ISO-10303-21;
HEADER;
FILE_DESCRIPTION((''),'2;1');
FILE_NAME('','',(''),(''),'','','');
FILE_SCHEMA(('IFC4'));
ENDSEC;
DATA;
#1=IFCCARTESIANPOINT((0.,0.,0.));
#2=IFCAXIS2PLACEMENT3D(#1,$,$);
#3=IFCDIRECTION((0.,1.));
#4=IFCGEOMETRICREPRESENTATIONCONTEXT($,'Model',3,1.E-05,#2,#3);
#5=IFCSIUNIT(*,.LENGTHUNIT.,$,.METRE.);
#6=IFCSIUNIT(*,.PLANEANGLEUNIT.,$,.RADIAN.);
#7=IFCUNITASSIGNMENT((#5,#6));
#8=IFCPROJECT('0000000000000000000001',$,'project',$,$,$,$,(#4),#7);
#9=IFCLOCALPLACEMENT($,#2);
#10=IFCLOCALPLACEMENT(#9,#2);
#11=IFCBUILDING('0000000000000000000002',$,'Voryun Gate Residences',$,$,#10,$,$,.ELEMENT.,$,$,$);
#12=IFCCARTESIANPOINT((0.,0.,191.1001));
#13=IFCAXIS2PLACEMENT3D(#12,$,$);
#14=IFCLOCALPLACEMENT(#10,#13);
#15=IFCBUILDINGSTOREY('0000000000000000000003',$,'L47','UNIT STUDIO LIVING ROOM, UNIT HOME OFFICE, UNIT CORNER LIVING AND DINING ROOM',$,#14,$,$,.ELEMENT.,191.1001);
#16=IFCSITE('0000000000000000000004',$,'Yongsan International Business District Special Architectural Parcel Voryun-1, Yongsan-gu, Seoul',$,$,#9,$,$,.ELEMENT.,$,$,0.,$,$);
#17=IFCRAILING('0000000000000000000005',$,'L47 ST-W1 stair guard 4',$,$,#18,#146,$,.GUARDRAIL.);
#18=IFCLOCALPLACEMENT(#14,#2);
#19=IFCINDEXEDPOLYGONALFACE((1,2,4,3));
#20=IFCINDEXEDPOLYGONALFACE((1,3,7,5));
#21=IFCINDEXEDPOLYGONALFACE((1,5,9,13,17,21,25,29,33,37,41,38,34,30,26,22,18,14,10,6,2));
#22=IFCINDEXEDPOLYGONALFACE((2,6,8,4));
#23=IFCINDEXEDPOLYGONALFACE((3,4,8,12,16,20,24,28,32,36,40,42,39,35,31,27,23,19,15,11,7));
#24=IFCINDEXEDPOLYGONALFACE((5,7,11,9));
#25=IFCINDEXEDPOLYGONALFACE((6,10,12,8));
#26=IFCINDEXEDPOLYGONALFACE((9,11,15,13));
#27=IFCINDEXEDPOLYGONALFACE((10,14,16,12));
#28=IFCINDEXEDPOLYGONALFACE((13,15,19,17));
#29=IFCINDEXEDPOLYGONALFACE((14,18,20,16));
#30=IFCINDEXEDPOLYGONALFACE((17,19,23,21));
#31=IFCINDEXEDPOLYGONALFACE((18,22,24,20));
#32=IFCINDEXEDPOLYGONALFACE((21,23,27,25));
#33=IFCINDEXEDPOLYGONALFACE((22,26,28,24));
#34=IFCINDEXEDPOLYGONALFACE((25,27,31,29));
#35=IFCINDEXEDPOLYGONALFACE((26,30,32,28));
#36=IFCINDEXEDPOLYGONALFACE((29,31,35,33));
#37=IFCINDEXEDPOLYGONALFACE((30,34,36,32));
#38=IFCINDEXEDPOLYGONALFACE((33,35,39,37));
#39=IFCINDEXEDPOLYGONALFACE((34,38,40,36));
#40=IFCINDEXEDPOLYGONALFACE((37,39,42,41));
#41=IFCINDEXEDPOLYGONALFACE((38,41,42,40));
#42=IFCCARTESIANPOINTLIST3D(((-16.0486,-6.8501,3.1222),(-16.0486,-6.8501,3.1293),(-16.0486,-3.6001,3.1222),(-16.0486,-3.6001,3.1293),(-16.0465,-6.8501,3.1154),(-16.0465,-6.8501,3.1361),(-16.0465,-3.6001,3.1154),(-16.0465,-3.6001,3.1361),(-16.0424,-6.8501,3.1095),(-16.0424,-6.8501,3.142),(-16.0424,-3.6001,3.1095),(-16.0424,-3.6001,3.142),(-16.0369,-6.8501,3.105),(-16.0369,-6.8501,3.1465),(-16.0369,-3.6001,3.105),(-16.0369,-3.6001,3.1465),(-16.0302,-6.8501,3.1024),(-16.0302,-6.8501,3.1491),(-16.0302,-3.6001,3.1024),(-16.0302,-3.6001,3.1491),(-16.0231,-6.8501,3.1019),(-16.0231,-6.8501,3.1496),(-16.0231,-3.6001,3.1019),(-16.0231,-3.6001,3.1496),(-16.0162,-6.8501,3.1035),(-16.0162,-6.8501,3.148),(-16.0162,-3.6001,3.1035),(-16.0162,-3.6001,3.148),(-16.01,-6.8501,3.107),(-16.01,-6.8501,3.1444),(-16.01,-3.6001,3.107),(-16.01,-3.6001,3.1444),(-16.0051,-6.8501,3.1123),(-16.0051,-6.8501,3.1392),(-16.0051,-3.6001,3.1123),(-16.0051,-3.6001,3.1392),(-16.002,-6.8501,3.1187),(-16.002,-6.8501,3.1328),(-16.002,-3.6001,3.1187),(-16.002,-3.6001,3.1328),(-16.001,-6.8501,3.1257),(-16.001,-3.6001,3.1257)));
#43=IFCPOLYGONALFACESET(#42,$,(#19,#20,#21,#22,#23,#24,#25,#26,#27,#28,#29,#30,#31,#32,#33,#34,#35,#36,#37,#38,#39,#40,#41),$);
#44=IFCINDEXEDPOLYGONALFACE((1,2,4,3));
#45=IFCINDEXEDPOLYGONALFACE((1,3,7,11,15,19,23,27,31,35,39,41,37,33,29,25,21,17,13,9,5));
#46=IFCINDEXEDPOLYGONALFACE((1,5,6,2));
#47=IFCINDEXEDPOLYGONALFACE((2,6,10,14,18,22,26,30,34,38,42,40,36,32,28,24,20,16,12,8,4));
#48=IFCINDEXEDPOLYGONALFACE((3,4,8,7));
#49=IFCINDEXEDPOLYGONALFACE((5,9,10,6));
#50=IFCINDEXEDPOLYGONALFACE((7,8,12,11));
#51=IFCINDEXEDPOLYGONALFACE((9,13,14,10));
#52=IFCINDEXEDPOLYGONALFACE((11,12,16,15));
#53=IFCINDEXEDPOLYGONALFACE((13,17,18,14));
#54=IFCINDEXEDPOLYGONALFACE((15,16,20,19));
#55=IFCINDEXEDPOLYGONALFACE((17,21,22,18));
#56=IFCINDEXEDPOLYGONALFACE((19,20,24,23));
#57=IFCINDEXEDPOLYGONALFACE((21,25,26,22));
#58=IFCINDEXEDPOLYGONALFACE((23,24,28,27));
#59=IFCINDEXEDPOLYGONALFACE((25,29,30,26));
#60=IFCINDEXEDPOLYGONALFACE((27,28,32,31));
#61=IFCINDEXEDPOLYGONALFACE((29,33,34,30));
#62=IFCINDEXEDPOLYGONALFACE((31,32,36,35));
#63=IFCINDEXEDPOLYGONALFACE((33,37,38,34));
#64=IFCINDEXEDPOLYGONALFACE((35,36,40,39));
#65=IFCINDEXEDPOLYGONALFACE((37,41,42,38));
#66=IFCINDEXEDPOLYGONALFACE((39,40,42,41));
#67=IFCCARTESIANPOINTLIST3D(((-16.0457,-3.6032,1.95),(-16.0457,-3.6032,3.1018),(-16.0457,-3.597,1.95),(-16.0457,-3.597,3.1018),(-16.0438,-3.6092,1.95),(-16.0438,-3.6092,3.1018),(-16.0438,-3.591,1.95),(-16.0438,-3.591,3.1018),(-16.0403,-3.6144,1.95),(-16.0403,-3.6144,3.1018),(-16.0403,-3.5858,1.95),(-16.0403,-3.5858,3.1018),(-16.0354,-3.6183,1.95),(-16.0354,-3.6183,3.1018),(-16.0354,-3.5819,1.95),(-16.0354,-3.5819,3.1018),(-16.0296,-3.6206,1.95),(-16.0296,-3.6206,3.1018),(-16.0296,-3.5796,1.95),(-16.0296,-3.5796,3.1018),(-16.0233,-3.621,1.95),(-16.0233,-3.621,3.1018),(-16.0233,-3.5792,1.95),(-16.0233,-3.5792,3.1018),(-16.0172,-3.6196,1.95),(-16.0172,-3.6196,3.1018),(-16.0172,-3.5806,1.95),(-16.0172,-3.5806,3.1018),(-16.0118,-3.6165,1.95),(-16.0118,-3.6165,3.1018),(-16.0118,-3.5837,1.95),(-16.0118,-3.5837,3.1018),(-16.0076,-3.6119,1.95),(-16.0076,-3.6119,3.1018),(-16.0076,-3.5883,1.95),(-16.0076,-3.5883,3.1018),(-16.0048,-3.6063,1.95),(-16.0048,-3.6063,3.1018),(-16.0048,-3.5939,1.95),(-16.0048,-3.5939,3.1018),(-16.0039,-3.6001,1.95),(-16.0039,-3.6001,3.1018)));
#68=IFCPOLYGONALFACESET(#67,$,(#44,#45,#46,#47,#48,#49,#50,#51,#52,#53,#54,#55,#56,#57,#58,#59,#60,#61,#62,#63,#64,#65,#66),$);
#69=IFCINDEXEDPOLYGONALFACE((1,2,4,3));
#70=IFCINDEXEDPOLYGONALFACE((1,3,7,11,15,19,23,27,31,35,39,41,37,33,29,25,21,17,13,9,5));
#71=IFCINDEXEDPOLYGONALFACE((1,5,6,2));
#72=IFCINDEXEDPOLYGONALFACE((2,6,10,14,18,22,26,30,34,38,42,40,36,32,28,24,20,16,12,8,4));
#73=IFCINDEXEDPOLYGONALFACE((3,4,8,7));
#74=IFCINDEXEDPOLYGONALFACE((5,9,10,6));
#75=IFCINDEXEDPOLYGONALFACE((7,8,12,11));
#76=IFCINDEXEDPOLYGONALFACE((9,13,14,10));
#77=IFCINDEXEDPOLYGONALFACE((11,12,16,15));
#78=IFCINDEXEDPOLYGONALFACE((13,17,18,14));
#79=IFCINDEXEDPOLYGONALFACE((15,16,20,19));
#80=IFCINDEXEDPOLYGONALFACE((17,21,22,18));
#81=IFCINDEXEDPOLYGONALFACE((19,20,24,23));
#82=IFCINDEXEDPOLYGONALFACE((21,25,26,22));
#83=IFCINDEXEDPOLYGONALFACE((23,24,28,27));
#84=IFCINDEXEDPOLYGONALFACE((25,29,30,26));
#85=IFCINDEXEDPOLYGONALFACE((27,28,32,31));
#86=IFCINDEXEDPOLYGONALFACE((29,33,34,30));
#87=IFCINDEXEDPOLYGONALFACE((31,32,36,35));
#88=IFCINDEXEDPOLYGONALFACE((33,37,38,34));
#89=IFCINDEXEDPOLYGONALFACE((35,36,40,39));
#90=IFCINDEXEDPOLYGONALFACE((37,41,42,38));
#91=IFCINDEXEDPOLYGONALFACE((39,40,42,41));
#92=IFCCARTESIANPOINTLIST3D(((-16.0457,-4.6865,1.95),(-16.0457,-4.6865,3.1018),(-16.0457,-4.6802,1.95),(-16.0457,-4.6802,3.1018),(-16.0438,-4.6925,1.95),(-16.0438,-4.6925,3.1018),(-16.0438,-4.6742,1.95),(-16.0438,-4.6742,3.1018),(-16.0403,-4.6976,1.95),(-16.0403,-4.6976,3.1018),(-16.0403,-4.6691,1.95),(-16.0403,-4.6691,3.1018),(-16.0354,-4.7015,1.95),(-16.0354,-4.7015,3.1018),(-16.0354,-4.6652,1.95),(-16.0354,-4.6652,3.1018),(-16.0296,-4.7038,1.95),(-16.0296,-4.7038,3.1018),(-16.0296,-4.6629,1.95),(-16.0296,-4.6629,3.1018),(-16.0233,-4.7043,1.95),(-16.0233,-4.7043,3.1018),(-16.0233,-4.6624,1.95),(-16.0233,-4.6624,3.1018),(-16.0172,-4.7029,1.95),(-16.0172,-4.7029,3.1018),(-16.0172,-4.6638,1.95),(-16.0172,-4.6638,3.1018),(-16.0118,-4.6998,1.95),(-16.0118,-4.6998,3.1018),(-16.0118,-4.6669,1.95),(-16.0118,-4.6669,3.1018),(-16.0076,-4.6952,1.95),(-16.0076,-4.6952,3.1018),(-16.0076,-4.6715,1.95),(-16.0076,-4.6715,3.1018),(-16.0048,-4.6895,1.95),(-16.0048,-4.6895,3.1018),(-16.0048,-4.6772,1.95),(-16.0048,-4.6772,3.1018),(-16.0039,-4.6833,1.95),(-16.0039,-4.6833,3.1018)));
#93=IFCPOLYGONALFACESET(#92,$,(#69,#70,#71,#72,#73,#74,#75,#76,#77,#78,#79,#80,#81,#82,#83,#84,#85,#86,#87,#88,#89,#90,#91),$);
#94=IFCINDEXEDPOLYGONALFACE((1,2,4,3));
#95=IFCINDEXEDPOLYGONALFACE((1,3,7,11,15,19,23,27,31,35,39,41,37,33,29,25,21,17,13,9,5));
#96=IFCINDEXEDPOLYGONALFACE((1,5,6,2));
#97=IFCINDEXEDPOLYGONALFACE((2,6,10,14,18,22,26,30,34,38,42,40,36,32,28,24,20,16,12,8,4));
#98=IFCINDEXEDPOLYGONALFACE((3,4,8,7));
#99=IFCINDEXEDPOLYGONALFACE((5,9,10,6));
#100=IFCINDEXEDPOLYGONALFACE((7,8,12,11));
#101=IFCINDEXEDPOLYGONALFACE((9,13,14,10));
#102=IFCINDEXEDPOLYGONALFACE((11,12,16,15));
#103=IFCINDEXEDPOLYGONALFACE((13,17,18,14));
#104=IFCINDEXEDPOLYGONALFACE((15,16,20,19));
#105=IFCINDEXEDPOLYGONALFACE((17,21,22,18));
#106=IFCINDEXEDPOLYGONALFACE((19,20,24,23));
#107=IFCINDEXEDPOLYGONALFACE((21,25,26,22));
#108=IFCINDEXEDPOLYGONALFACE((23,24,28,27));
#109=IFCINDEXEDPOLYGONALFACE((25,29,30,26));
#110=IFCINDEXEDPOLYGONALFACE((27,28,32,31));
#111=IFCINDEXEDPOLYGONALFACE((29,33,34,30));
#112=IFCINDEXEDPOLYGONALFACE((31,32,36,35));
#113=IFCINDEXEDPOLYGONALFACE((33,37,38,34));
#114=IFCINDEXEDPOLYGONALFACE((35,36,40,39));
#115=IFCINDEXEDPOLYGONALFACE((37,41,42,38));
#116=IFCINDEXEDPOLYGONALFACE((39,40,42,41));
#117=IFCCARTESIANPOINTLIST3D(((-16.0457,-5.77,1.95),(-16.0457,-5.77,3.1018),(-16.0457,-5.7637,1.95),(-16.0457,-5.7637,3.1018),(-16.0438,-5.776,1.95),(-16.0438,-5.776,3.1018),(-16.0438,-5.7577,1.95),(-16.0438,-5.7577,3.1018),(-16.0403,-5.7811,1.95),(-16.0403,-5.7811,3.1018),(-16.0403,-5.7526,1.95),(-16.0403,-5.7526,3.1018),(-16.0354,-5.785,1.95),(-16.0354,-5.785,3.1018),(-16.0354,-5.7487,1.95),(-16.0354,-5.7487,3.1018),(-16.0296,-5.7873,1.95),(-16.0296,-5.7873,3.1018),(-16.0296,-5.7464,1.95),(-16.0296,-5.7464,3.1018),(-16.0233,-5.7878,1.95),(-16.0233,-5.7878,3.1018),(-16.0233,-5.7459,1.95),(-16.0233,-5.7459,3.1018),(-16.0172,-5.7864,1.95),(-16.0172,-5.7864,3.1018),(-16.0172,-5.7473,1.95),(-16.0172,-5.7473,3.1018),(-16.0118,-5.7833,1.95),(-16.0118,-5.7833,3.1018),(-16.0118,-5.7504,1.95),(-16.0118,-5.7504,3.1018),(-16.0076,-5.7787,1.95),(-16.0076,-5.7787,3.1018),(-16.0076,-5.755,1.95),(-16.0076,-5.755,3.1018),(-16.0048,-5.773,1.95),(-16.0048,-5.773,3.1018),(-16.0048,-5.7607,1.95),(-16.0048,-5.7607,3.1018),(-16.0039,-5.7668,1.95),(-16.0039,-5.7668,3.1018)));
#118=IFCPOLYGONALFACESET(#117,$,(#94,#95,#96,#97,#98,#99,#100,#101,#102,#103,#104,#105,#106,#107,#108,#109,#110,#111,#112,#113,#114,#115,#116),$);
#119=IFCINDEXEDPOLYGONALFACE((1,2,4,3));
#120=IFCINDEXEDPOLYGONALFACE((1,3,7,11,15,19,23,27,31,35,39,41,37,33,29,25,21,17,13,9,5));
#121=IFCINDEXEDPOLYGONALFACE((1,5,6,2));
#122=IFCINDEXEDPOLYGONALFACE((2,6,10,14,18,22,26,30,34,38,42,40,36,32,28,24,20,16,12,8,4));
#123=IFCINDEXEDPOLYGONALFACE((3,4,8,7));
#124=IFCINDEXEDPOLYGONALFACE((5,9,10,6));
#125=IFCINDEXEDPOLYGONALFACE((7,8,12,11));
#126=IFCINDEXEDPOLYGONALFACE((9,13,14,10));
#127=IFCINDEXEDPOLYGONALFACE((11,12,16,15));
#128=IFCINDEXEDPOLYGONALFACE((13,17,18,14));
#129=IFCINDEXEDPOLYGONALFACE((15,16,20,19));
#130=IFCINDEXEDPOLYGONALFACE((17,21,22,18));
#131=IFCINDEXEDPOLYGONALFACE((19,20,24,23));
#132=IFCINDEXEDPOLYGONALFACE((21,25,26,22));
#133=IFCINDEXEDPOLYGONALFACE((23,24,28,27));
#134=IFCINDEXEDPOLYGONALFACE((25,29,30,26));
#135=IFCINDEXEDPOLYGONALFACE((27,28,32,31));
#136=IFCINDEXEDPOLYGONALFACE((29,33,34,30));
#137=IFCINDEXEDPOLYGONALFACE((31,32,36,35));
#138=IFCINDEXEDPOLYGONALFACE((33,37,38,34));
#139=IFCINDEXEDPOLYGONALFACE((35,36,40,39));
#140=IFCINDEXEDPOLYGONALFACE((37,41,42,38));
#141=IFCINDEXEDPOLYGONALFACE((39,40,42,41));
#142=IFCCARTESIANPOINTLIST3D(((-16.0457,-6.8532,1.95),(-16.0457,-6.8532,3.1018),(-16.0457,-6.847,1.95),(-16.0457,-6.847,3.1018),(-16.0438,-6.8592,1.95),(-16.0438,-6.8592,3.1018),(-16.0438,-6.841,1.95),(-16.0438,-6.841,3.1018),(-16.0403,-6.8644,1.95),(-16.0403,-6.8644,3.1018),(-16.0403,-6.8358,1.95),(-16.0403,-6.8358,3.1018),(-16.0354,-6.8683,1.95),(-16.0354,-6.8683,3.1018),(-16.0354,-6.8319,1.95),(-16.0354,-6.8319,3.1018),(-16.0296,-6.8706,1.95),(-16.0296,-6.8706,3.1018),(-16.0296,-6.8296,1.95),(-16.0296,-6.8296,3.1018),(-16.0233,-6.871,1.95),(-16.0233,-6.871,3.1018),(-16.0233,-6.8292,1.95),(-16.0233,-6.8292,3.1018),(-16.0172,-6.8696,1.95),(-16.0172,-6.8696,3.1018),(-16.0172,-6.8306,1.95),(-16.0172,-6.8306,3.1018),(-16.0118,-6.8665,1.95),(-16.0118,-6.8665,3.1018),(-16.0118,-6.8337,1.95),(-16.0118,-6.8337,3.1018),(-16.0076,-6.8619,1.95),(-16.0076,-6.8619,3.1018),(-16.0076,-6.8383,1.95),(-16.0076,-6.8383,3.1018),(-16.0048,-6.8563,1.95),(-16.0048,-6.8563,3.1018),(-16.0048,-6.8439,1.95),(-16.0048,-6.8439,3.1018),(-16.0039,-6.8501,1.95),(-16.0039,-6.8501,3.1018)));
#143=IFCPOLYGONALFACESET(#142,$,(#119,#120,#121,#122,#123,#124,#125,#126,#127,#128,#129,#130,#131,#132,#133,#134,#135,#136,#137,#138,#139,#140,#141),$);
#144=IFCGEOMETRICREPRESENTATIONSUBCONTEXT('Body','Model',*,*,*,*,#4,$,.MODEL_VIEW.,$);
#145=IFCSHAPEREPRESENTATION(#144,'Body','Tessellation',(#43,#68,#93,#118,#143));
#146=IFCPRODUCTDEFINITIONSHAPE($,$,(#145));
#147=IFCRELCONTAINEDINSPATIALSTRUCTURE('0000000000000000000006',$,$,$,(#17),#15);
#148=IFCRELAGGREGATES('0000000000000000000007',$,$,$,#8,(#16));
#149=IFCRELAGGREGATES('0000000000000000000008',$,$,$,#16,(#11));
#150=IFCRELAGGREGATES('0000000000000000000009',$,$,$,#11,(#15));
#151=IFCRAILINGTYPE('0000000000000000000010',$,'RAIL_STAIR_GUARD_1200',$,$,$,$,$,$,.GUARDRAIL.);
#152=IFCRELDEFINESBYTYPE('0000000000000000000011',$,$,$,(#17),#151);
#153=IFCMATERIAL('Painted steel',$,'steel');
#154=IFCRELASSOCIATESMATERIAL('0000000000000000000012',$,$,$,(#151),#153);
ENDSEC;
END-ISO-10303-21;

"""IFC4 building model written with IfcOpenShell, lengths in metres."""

from ifc_helpers import new_model, si_unit, direction, frame, origin, origin_2d, place, context, subcontext, project, spatial, circle, extrude, material, type_object, element, save


model = new_model("IFC4")

# Units and contexts
model_context = context("Model", 3, precision=1e-05, world=origin(), true_north=direction((0.0, 1.0)))
body_context = subcontext(model_context, "Body", "Model", "MODEL_VIEW")
ifc_project = project(units=[si_unit("LENGTHUNIT", "METRE"), si_unit("PLANEANGLEUNIT", "RADIAN")], contexts=[model_context])

# Site, building, storey
site_placement = place(None, origin())
site = spatial("IfcSite", under=ifc_project, at=site_placement, Name="Yongsan International Business District Special Architectural Parcel Voryun-1, Yongsan-gu, Seoul", CompositionType="ELEMENT", RefElevation=0.0)
building_placement = place(site_placement, origin())
building = spatial("IfcBuilding", under=site, at=building_placement, Name="Voryun Gate Residences", CompositionType="ELEMENT")
storey_placement = place(building_placement, frame((0.0, 0.0, 191.1001)))
storey = spatial("IfcBuildingStorey", under=building, at=storey_placement, Name="L47", Description="UNIT STUDIO LIVING ROOM, UNIT HOME OFFICE, UNIT CORNER LIVING AND DINING ROOM", CompositionType="ELEMENT", Elevation=191.1001)

# Railing
ifc_material_1 = material(Name="Painted steel", Category="steel")
railing_type_1 = type_object("IfcRailingType", Name="RAIL_STAIR_GUARD_1200", PredefinedType="GUARDRAIL", material=ifc_material_1)
railing_1_placement = place(storey_placement, frame((-16.0249, -3.6001, 1.95)))
element("IfcRailing", 1, at=railing_1_placement, inside=storey, type_object=railing_type_1, Name="L47 ST-W1 stair guard 4", PredefinedType="GUARDRAIL", context=body_context, shape_type="SweptSolid", body=[
    extrude(circle(Radius=0.0239, at=origin_2d()), frame((0.0, 0.0, 1.1758), z_axis=(0.0, -1.0, 0.0), x_axis=(1.0, 0.0, 0.0)), (0.0, 0.0, 1.0), 3.25),
    extrude(circle(Radius=0.021, at=origin_2d()), origin(), (0.0, 0.0, 1.0), 1.1519),
    extrude(circle(Radius=0.021, at=origin_2d()), frame((0.0, -1.0833, 0.0)), (0.0, 0.0, 1.0), 1.1519),
    extrude(circle(Radius=0.021, at=origin_2d()), frame((0.0, -2.1667, 0.0)), (0.0, 0.0, 1.0), 1.1519),
    extrude(circle(Radius=0.021, at=origin_2d()), frame((0.0, -3.25, 0.0)), (0.0, 0.0, 1.0), 1.1519),
])

save(model, "model.ifc")
